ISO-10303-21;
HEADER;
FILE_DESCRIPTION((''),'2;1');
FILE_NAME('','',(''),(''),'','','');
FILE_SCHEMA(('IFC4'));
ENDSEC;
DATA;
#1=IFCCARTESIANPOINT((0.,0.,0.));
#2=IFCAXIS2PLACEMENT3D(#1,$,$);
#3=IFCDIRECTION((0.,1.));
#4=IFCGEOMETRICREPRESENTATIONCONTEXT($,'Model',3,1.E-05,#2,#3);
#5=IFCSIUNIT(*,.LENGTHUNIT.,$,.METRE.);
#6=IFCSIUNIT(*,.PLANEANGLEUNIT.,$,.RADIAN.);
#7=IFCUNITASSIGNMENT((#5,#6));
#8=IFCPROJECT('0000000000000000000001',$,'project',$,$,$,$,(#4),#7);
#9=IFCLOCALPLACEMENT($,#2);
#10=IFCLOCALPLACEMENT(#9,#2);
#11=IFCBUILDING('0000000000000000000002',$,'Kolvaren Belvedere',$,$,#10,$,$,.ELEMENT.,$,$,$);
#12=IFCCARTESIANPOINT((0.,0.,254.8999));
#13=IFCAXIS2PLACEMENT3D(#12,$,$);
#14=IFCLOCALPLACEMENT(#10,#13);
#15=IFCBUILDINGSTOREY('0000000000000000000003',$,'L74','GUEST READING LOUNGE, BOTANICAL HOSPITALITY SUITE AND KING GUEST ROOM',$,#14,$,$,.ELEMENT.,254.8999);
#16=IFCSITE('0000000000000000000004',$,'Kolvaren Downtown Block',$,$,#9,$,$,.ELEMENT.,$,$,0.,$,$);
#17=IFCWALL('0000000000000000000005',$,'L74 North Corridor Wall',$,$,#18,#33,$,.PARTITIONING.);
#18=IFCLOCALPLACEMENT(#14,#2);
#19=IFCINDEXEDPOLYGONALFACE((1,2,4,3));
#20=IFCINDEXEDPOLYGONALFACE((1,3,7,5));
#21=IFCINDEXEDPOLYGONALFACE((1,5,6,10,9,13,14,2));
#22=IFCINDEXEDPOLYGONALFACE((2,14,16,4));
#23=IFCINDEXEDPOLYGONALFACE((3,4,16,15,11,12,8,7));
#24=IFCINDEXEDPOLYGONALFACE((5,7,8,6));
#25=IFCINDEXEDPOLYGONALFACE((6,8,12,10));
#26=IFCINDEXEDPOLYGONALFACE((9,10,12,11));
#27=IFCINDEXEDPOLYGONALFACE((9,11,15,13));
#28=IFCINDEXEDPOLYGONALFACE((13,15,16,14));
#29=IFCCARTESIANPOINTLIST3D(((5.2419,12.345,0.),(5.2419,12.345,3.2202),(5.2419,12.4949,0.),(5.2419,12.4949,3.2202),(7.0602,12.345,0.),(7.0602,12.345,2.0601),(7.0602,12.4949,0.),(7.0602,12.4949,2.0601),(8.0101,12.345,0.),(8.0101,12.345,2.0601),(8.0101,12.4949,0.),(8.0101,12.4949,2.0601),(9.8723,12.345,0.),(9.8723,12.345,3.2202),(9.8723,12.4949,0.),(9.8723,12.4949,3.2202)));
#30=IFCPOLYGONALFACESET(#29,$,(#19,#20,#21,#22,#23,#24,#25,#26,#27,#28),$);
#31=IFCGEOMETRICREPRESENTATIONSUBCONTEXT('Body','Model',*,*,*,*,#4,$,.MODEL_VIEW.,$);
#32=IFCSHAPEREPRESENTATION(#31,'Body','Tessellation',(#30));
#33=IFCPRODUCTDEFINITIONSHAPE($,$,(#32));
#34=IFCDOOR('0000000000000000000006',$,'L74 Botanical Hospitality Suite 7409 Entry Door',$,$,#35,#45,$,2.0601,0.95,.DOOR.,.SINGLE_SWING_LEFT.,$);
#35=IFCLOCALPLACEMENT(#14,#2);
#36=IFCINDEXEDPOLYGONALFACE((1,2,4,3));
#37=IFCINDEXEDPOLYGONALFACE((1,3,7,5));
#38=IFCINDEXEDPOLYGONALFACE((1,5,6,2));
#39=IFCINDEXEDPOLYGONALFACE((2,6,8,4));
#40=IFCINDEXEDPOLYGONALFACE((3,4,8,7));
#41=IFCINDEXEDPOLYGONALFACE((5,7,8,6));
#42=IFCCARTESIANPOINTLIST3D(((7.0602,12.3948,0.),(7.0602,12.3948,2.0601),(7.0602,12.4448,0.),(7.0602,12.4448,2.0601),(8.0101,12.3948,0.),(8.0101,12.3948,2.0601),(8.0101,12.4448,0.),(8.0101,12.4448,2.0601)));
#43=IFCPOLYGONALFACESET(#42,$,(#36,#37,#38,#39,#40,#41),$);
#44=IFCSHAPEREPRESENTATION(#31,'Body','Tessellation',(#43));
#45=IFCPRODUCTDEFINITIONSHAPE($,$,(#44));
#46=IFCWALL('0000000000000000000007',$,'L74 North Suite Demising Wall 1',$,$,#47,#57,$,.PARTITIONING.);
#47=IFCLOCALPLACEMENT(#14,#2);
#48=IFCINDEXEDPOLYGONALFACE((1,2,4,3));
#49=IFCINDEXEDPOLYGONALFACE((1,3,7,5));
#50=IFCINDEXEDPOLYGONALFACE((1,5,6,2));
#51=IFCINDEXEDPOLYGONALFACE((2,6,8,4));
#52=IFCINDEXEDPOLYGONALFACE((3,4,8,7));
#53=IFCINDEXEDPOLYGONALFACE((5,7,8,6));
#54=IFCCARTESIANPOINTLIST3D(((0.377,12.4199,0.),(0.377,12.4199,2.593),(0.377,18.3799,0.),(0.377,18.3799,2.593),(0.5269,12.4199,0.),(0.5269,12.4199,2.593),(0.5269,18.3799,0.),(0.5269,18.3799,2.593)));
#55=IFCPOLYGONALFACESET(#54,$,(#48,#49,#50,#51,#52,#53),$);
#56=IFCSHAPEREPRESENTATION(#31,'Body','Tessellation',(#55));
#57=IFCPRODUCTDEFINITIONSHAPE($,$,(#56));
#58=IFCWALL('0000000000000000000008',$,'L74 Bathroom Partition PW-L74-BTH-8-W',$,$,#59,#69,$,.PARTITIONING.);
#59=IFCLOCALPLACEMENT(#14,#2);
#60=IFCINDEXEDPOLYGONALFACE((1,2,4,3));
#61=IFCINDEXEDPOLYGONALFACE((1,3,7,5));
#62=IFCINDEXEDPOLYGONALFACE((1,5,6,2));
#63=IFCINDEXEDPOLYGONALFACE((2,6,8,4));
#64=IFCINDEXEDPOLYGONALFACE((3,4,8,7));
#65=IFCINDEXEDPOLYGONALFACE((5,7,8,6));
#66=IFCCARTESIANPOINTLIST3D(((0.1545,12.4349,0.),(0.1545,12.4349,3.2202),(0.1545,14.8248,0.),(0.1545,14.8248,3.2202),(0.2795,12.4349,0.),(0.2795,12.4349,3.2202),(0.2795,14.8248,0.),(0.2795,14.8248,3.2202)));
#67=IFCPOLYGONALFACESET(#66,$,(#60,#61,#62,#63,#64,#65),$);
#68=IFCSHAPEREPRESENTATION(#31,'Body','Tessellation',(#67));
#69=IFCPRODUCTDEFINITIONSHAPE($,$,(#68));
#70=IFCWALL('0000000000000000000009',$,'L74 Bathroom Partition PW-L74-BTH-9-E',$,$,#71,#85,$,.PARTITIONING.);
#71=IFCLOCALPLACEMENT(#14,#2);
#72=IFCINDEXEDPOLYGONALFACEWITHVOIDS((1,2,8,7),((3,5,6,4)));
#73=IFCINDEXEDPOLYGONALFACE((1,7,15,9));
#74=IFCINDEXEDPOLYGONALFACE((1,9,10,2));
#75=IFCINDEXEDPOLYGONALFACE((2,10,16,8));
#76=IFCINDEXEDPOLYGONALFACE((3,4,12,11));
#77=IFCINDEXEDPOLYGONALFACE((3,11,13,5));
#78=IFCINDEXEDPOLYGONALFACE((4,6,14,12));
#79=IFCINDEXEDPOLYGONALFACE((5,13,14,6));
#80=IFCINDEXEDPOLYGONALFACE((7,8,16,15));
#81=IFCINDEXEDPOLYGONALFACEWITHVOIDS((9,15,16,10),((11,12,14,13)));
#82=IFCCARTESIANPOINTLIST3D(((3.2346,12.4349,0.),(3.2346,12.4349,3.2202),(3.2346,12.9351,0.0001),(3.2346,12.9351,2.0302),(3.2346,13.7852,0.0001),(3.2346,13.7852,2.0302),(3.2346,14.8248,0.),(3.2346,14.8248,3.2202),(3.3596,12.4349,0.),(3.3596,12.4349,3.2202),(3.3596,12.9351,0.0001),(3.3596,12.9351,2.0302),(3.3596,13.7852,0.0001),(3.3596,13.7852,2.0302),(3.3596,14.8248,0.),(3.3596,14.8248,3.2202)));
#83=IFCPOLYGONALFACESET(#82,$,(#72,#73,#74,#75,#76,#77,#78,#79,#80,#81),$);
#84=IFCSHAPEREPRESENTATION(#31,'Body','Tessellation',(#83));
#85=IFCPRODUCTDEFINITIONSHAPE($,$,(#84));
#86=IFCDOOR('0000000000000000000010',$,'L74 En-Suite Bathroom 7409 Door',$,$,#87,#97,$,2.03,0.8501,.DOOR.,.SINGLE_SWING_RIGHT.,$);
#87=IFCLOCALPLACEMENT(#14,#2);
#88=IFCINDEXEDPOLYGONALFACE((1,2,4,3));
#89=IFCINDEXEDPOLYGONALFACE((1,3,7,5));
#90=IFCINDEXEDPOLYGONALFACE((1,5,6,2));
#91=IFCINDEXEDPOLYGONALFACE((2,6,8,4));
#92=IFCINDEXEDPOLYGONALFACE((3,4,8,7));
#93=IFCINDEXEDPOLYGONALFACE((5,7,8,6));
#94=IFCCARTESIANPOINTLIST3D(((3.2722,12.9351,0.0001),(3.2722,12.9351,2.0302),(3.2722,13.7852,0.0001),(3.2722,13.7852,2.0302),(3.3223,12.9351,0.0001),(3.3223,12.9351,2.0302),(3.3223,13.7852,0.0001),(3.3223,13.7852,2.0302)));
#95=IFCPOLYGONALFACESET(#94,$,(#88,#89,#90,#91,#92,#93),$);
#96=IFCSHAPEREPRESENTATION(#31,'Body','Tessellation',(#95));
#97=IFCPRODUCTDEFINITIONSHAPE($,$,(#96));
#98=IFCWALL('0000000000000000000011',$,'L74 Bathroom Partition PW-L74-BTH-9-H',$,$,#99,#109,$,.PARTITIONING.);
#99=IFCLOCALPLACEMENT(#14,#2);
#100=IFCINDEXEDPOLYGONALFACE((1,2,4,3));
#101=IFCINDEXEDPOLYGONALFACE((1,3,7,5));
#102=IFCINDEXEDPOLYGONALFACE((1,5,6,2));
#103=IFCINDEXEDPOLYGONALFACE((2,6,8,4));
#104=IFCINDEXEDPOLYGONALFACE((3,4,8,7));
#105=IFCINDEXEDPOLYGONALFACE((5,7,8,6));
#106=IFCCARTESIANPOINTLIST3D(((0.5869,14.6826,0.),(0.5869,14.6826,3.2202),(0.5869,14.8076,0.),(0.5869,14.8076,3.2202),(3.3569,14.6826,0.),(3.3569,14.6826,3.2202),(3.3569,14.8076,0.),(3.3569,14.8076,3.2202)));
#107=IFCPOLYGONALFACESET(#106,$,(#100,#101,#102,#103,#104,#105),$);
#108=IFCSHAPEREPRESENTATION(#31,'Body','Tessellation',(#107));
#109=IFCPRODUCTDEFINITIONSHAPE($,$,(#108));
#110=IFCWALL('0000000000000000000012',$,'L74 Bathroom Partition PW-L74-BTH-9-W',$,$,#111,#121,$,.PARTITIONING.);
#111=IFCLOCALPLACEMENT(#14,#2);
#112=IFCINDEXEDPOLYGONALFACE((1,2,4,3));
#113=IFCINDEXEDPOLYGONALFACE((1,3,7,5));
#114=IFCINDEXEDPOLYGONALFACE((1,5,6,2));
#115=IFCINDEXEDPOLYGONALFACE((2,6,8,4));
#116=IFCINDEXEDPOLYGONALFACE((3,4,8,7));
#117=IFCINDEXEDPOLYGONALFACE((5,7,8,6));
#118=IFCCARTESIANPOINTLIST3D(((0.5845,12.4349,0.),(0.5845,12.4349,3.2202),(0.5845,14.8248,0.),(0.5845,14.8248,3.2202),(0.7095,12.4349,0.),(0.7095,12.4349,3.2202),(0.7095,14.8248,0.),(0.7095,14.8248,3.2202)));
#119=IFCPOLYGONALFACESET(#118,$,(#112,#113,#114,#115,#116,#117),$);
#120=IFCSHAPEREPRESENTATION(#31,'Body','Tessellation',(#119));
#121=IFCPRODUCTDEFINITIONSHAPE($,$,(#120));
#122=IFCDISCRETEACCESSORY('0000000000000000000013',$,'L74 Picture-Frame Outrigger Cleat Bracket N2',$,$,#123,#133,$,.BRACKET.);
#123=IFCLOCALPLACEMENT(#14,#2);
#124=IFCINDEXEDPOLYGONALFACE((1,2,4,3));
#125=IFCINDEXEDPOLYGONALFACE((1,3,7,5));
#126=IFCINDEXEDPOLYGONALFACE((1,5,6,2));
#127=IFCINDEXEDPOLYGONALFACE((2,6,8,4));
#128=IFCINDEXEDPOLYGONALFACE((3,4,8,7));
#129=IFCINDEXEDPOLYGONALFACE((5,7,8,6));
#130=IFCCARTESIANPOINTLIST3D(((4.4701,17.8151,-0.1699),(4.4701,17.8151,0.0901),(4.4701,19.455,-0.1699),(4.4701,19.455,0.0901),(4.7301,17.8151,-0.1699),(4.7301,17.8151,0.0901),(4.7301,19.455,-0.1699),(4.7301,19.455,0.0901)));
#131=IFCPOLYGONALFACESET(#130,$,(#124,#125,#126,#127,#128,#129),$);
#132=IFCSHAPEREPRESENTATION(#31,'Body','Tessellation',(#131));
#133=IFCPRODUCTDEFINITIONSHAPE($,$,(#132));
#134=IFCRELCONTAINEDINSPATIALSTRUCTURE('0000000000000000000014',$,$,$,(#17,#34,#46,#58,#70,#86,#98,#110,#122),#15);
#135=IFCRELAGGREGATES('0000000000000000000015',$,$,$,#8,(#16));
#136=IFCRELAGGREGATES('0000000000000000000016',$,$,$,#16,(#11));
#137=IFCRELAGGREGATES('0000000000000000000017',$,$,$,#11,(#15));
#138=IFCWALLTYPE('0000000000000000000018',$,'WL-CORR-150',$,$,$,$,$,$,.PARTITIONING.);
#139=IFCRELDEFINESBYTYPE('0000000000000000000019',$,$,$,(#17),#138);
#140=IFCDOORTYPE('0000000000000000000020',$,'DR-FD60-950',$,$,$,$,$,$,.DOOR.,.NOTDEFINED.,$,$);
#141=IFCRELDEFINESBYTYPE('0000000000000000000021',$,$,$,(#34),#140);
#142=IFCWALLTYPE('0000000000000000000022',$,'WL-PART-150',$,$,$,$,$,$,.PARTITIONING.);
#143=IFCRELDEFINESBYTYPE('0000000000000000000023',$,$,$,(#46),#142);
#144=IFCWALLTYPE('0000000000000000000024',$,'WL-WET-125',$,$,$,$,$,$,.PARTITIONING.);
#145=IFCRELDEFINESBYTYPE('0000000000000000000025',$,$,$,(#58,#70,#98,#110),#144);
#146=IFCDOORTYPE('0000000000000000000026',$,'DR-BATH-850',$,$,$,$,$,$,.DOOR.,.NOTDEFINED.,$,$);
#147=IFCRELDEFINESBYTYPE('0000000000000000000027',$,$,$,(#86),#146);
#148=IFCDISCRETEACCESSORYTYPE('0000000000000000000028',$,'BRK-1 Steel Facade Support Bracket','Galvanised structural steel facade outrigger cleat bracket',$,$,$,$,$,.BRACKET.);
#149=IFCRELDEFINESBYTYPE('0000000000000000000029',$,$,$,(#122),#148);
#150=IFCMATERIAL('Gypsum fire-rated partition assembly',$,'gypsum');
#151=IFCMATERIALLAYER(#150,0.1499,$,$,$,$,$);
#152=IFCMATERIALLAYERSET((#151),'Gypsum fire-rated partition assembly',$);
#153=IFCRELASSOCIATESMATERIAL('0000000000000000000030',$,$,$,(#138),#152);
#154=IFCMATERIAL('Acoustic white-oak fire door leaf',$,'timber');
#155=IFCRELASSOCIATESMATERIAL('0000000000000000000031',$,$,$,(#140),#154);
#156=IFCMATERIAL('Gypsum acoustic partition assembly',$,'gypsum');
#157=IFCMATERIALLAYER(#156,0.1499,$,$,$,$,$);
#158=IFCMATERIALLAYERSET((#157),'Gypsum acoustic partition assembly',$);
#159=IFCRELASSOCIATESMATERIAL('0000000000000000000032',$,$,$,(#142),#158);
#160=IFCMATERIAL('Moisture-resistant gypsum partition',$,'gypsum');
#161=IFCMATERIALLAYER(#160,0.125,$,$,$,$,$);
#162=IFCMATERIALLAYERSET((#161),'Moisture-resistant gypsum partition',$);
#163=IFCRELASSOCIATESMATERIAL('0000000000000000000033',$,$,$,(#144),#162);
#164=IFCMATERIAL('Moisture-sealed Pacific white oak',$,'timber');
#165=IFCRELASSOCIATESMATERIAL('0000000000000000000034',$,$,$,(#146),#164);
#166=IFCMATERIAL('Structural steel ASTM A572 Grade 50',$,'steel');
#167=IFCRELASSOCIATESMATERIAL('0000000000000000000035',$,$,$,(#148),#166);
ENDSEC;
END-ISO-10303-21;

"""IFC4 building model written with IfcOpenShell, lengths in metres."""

from ifc_helpers import new_model, si_unit, direction, frame, frame_2d, origin, origin_2d, place, context, subcontext, project, spatial, rectangle, extrude, material, layer, layer_set, type_object, element, fill, save


model = new_model("IFC4")

# Units and contexts
model_context = context("Model", 3, precision=1e-05, world=origin(), true_north=direction((0.0, 1.0)))
body_context = subcontext(model_context, "Body", "Model", "MODEL_VIEW")
ifc_project = project(units=[si_unit("LENGTHUNIT", "METRE"), si_unit("PLANEANGLEUNIT", "RADIAN")], contexts=[model_context])

# Site, building, storey
site_placement = place(None, origin())
site = spatial("IfcSite", under=ifc_project, at=site_placement, Name="Kolvaren Downtown Block", CompositionType="ELEMENT", RefElevation=0.0)
building_placement = place(site_placement, origin())
building = spatial("IfcBuilding", under=site, at=building_placement, Name="Kolvaren Belvedere", CompositionType="ELEMENT")
storey_placement = place(building_placement, frame((0.0, 0.0, 254.8999)))
storey = spatial("IfcBuildingStorey", under=building, at=storey_placement, Name="L74", Description="GUEST READING LOUNGE, BOTANICAL HOSPITALITY SUITE AND KING GUEST ROOM", CompositionType="ELEMENT", Elevation=254.8999)

# Shared definitions
ifc_material_1 = material(Name="Gypsum fire-rated partition assembly", Category="gypsum")
ifc_layer_1 = layer(ifc_material_1, 0.1499)
ifc_layer_set_1 = layer_set([ifc_layer_1], Name="Gypsum fire-rated partition assembly")
wall_type_1 = type_object("IfcWallType", Name="WL-CORR-150", PredefinedType="PARTITIONING", material=ifc_layer_set_1)

# Wall, opening, door
wall_1_placement = place(storey_placement, frame((5.2419, 12.4199, 0.0), z_axis=(0.0, 0.0, 1.0), x_axis=(1.0, 0.0, 0.0)))
wall_1 = element("IfcWall", 1, at=wall_1_placement, inside=storey, type_object=wall_type_1, Name="L74 North Corridor Wall", PredefinedType="PARTITIONING", context=body_context, shape_type="SweptSolid", body=[
    extrude(rectangle(XDim=4.6304, YDim=0.1499, at=frame_2d((2.3152, 0.0))), origin(), (0.0, 0.0, 1.0), 3.2202),
])
opening_1_placement = place(wall_1_placement, frame((1.8181, 0.0, 0.0)))
opening_1 = element("IfcOpeningElement", 2, at=opening_1_placement, cuts=wall_1, PredefinedType="OPENING", context=body_context, shape_type="SweptSolid", body=[
    extrude(rectangle(XDim=0.95, YDim=2.0601, at=frame_2d((0.4751, 1.03))), frame((0.0, 0.085, 0.0), z_axis=(0.0, -1.0, 0.0), x_axis=(1.0, 0.0, 0.0)), (0.0, 0.0, 1.0), 0.1699),
])
ifc_material_2 = material(Name="Acoustic white-oak fire door leaf", Category="timber")
door_type_1 = type_object("IfcDoorType", Name="DR-FD60-950", OperationType="NOTDEFINED", PredefinedType="DOOR", material=ifc_material_2)
door_1_placement = place(opening_1_placement, origin())
door_1 = element("IfcDoor", 3, at=door_1_placement, inside=storey, type_object=door_type_1, Name="L74 Botanical Hospitality Suite 7409 Entry Door", OperationType="SINGLE_SWING_LEFT", OverallHeight=2.0601, OverallWidth=0.95, PredefinedType="DOOR", context=body_context, shape_type="SweptSolid", body=[
    extrude(rectangle(XDim=0.95, YDim=2.0601, at=frame_2d((0.4751, 1.03))), frame((0.0, 0.0249, 0.0), z_axis=(0.0, -1.0, 0.0), x_axis=(1.0, 0.0, 0.0)), (0.0, 0.0, 1.0), 0.05),
])
fill(opening_1, door_1)

# Walls
ifc_material_3 = material(Name="Gypsum acoustic partition assembly", Category="gypsum")
ifc_layer_2 = layer(ifc_material_3, 0.1499)
ifc_layer_set_2 = layer_set([ifc_layer_2], Name="Gypsum acoustic partition assembly")
wall_type_2 = type_object("IfcWallType", Name="WL-PART-150", PredefinedType="PARTITIONING", material=ifc_layer_set_2)
wall_2_placement = place(storey_placement, frame((0.4519, 12.4199, 0.0), z_axis=(0.0, 0.0, 1.0), x_axis=(0.0, 1.0, 0.0)))
element("IfcWall", 4, at=wall_2_placement, inside=storey, type_object=wall_type_2, Name="L74 North Suite Demising Wall 1", PredefinedType="PARTITIONING", context=body_context, shape_type="SweptSolid", body=[
    extrude(rectangle(XDim=5.96, YDim=0.1499, at=frame_2d((2.98, 0.0))), origin(), (0.0, 0.0, 1.0), 2.593),
])
ifc_material_4 = material(Name="Moisture-resistant gypsum partition", Category="gypsum")
ifc_layer_3 = layer(ifc_material_4, 0.125)
ifc_layer_set_3 = layer_set([ifc_layer_3], Name="Moisture-resistant gypsum partition")
wall_type_3 = type_object("IfcWallType", Name="WL-WET-125", PredefinedType="PARTITIONING", material=ifc_layer_set_3)
wall_3_placement = place(storey_placement, frame((0.217, 12.4351, 0.0), z_axis=(0.0, 0.0, 1.0), x_axis=(0.0, 1.0, 0.0)))
element("IfcWall", 5, at=wall_3_placement, inside=storey, type_object=wall_type_3, Name="L74 Bathroom Partition PW-L74-BTH-8-W", PredefinedType="PARTITIONING", context=body_context, shape_type="SweptSolid", body=[
    extrude(rectangle(XDim=2.3899, YDim=0.125, at=frame_2d((1.1948, 0.0))), origin(), (0.0, 0.0, 1.0), 3.2202),
])

# Wall, opening, door
wall_4_placement = place(storey_placement, frame((3.2971, 12.4351, 0.0), z_axis=(0.0, 0.0, 1.0), x_axis=(0.0, 1.0, 0.0)))
wall_4 = element("IfcWall", 6, at=wall_4_placement, inside=storey, type_object=wall_type_3, Name="L74 Bathroom Partition PW-L74-BTH-9-E", PredefinedType="PARTITIONING", context=body_context, shape_type="SweptSolid", body=[
    extrude(rectangle(XDim=2.3899, YDim=0.125, at=frame_2d((1.1948, 0.0))), origin(), (0.0, 0.0, 1.0), 3.2202),
])
opening_2_placement = place(wall_4_placement, frame((0.5, 0.0, 0.0)))
opening_2 = element("IfcOpeningElement", 7, at=opening_2_placement, cuts=wall_4, PredefinedType="OPENING", context=body_context, shape_type="SweptSolid", body=[
    extrude(rectangle(XDim=0.8501, YDim=2.03, at=frame_2d((0.425, 1.0151))), frame((0.0, 0.0725, 0.0), z_axis=(0.0, -1.0, 0.0), x_axis=(1.0, 0.0, 0.0)), (0.0, 0.0, 1.0), 0.145),
])
ifc_material_5 = material(Name="Moisture-sealed Pacific white oak", Category="timber")
door_type_2 = type_object("IfcDoorType", Name="DR-BATH-850", OperationType="NOTDEFINED", PredefinedType="DOOR", material=ifc_material_5)
door_2_placement = place(opening_2_placement, origin())
door_2 = element("IfcDoor", 8, at=door_2_placement, inside=storey, type_object=door_type_2, Name="L74 En-Suite Bathroom 7409 Door", OperationType="SINGLE_SWING_RIGHT", OverallHeight=2.03, OverallWidth=0.8501, PredefinedType="DOOR", context=body_context, shape_type="SweptSolid", body=[
    extrude(rectangle(XDim=0.8501, YDim=2.03, at=frame_2d((0.425, 1.0151))), frame((0.0, 0.0249, 0.0), z_axis=(0.0, -1.0, 0.0), x_axis=(1.0, 0.0, 0.0)), (0.0, 0.0, 1.0), 0.05),
])
fill(opening_2, door_2)

# Walls
wall_5_placement = place(storey_placement, frame((0.5869, 14.7451, 0.0), z_axis=(0.0, 0.0, 1.0), x_axis=(1.0, 0.0, 0.0)))
element("IfcWall", 9, at=wall_5_placement, inside=storey, type_object=wall_type_3, Name="L74 Bathroom Partition PW-L74-BTH-9-H", PredefinedType="PARTITIONING", context=body_context, shape_type="SweptSolid", body=[
    extrude(rectangle(XDim=2.77, YDim=0.125, at=frame_2d((1.385, 0.0))), origin(), (0.0, 0.0, 1.0), 3.2202),
])
wall_6_placement = place(storey_placement, frame((0.647, 12.4351, 0.0), z_axis=(0.0, 0.0, 1.0), x_axis=(0.0, 1.0, 0.0)))
element("IfcWall", 10, at=wall_6_placement, inside=storey, type_object=wall_type_3, Name="L74 Bathroom Partition PW-L74-BTH-9-W", PredefinedType="PARTITIONING", context=body_context, shape_type="SweptSolid", body=[
    extrude(rectangle(XDim=2.3899, YDim=0.125, at=frame_2d((1.1948, 0.0))), origin(), (0.0, 0.0, 1.0), 3.2202),
])

# Discrete accessory
ifc_material_6 = material(Name="Structural steel ASTM A572 Grade 50", Category="steel")
discrete_accessory_type = type_object("IfcDiscreteAccessoryType", Name="BRK-1 Steel Facade Support Bracket", Description="Galvanised structural steel facade outrigger cleat bracket", PredefinedType="BRACKET", material=ifc_material_6)
discrete_accessory_placement = place(storey_placement, frame((4.6001, 18.635, -0.1699), z_axis=(0.0, 0.0, 1.0), x_axis=(0.0, 1.0, 0.0)))
element("IfcDiscreteAccessory", 11, at=discrete_accessory_placement, inside=storey, type_object=discrete_accessory_type, Name="L74 Picture-Frame Outrigger Cleat Bracket N2", PredefinedType="BRACKET", context=body_context, shape_type="SweptSolid", body=[
    extrude(rectangle(XDim=1.6399, YDim=0.26, at=origin_2d()), origin(), (0.0, 0.0, 1.0), 0.26),
])

save(model, "model.ifc")
